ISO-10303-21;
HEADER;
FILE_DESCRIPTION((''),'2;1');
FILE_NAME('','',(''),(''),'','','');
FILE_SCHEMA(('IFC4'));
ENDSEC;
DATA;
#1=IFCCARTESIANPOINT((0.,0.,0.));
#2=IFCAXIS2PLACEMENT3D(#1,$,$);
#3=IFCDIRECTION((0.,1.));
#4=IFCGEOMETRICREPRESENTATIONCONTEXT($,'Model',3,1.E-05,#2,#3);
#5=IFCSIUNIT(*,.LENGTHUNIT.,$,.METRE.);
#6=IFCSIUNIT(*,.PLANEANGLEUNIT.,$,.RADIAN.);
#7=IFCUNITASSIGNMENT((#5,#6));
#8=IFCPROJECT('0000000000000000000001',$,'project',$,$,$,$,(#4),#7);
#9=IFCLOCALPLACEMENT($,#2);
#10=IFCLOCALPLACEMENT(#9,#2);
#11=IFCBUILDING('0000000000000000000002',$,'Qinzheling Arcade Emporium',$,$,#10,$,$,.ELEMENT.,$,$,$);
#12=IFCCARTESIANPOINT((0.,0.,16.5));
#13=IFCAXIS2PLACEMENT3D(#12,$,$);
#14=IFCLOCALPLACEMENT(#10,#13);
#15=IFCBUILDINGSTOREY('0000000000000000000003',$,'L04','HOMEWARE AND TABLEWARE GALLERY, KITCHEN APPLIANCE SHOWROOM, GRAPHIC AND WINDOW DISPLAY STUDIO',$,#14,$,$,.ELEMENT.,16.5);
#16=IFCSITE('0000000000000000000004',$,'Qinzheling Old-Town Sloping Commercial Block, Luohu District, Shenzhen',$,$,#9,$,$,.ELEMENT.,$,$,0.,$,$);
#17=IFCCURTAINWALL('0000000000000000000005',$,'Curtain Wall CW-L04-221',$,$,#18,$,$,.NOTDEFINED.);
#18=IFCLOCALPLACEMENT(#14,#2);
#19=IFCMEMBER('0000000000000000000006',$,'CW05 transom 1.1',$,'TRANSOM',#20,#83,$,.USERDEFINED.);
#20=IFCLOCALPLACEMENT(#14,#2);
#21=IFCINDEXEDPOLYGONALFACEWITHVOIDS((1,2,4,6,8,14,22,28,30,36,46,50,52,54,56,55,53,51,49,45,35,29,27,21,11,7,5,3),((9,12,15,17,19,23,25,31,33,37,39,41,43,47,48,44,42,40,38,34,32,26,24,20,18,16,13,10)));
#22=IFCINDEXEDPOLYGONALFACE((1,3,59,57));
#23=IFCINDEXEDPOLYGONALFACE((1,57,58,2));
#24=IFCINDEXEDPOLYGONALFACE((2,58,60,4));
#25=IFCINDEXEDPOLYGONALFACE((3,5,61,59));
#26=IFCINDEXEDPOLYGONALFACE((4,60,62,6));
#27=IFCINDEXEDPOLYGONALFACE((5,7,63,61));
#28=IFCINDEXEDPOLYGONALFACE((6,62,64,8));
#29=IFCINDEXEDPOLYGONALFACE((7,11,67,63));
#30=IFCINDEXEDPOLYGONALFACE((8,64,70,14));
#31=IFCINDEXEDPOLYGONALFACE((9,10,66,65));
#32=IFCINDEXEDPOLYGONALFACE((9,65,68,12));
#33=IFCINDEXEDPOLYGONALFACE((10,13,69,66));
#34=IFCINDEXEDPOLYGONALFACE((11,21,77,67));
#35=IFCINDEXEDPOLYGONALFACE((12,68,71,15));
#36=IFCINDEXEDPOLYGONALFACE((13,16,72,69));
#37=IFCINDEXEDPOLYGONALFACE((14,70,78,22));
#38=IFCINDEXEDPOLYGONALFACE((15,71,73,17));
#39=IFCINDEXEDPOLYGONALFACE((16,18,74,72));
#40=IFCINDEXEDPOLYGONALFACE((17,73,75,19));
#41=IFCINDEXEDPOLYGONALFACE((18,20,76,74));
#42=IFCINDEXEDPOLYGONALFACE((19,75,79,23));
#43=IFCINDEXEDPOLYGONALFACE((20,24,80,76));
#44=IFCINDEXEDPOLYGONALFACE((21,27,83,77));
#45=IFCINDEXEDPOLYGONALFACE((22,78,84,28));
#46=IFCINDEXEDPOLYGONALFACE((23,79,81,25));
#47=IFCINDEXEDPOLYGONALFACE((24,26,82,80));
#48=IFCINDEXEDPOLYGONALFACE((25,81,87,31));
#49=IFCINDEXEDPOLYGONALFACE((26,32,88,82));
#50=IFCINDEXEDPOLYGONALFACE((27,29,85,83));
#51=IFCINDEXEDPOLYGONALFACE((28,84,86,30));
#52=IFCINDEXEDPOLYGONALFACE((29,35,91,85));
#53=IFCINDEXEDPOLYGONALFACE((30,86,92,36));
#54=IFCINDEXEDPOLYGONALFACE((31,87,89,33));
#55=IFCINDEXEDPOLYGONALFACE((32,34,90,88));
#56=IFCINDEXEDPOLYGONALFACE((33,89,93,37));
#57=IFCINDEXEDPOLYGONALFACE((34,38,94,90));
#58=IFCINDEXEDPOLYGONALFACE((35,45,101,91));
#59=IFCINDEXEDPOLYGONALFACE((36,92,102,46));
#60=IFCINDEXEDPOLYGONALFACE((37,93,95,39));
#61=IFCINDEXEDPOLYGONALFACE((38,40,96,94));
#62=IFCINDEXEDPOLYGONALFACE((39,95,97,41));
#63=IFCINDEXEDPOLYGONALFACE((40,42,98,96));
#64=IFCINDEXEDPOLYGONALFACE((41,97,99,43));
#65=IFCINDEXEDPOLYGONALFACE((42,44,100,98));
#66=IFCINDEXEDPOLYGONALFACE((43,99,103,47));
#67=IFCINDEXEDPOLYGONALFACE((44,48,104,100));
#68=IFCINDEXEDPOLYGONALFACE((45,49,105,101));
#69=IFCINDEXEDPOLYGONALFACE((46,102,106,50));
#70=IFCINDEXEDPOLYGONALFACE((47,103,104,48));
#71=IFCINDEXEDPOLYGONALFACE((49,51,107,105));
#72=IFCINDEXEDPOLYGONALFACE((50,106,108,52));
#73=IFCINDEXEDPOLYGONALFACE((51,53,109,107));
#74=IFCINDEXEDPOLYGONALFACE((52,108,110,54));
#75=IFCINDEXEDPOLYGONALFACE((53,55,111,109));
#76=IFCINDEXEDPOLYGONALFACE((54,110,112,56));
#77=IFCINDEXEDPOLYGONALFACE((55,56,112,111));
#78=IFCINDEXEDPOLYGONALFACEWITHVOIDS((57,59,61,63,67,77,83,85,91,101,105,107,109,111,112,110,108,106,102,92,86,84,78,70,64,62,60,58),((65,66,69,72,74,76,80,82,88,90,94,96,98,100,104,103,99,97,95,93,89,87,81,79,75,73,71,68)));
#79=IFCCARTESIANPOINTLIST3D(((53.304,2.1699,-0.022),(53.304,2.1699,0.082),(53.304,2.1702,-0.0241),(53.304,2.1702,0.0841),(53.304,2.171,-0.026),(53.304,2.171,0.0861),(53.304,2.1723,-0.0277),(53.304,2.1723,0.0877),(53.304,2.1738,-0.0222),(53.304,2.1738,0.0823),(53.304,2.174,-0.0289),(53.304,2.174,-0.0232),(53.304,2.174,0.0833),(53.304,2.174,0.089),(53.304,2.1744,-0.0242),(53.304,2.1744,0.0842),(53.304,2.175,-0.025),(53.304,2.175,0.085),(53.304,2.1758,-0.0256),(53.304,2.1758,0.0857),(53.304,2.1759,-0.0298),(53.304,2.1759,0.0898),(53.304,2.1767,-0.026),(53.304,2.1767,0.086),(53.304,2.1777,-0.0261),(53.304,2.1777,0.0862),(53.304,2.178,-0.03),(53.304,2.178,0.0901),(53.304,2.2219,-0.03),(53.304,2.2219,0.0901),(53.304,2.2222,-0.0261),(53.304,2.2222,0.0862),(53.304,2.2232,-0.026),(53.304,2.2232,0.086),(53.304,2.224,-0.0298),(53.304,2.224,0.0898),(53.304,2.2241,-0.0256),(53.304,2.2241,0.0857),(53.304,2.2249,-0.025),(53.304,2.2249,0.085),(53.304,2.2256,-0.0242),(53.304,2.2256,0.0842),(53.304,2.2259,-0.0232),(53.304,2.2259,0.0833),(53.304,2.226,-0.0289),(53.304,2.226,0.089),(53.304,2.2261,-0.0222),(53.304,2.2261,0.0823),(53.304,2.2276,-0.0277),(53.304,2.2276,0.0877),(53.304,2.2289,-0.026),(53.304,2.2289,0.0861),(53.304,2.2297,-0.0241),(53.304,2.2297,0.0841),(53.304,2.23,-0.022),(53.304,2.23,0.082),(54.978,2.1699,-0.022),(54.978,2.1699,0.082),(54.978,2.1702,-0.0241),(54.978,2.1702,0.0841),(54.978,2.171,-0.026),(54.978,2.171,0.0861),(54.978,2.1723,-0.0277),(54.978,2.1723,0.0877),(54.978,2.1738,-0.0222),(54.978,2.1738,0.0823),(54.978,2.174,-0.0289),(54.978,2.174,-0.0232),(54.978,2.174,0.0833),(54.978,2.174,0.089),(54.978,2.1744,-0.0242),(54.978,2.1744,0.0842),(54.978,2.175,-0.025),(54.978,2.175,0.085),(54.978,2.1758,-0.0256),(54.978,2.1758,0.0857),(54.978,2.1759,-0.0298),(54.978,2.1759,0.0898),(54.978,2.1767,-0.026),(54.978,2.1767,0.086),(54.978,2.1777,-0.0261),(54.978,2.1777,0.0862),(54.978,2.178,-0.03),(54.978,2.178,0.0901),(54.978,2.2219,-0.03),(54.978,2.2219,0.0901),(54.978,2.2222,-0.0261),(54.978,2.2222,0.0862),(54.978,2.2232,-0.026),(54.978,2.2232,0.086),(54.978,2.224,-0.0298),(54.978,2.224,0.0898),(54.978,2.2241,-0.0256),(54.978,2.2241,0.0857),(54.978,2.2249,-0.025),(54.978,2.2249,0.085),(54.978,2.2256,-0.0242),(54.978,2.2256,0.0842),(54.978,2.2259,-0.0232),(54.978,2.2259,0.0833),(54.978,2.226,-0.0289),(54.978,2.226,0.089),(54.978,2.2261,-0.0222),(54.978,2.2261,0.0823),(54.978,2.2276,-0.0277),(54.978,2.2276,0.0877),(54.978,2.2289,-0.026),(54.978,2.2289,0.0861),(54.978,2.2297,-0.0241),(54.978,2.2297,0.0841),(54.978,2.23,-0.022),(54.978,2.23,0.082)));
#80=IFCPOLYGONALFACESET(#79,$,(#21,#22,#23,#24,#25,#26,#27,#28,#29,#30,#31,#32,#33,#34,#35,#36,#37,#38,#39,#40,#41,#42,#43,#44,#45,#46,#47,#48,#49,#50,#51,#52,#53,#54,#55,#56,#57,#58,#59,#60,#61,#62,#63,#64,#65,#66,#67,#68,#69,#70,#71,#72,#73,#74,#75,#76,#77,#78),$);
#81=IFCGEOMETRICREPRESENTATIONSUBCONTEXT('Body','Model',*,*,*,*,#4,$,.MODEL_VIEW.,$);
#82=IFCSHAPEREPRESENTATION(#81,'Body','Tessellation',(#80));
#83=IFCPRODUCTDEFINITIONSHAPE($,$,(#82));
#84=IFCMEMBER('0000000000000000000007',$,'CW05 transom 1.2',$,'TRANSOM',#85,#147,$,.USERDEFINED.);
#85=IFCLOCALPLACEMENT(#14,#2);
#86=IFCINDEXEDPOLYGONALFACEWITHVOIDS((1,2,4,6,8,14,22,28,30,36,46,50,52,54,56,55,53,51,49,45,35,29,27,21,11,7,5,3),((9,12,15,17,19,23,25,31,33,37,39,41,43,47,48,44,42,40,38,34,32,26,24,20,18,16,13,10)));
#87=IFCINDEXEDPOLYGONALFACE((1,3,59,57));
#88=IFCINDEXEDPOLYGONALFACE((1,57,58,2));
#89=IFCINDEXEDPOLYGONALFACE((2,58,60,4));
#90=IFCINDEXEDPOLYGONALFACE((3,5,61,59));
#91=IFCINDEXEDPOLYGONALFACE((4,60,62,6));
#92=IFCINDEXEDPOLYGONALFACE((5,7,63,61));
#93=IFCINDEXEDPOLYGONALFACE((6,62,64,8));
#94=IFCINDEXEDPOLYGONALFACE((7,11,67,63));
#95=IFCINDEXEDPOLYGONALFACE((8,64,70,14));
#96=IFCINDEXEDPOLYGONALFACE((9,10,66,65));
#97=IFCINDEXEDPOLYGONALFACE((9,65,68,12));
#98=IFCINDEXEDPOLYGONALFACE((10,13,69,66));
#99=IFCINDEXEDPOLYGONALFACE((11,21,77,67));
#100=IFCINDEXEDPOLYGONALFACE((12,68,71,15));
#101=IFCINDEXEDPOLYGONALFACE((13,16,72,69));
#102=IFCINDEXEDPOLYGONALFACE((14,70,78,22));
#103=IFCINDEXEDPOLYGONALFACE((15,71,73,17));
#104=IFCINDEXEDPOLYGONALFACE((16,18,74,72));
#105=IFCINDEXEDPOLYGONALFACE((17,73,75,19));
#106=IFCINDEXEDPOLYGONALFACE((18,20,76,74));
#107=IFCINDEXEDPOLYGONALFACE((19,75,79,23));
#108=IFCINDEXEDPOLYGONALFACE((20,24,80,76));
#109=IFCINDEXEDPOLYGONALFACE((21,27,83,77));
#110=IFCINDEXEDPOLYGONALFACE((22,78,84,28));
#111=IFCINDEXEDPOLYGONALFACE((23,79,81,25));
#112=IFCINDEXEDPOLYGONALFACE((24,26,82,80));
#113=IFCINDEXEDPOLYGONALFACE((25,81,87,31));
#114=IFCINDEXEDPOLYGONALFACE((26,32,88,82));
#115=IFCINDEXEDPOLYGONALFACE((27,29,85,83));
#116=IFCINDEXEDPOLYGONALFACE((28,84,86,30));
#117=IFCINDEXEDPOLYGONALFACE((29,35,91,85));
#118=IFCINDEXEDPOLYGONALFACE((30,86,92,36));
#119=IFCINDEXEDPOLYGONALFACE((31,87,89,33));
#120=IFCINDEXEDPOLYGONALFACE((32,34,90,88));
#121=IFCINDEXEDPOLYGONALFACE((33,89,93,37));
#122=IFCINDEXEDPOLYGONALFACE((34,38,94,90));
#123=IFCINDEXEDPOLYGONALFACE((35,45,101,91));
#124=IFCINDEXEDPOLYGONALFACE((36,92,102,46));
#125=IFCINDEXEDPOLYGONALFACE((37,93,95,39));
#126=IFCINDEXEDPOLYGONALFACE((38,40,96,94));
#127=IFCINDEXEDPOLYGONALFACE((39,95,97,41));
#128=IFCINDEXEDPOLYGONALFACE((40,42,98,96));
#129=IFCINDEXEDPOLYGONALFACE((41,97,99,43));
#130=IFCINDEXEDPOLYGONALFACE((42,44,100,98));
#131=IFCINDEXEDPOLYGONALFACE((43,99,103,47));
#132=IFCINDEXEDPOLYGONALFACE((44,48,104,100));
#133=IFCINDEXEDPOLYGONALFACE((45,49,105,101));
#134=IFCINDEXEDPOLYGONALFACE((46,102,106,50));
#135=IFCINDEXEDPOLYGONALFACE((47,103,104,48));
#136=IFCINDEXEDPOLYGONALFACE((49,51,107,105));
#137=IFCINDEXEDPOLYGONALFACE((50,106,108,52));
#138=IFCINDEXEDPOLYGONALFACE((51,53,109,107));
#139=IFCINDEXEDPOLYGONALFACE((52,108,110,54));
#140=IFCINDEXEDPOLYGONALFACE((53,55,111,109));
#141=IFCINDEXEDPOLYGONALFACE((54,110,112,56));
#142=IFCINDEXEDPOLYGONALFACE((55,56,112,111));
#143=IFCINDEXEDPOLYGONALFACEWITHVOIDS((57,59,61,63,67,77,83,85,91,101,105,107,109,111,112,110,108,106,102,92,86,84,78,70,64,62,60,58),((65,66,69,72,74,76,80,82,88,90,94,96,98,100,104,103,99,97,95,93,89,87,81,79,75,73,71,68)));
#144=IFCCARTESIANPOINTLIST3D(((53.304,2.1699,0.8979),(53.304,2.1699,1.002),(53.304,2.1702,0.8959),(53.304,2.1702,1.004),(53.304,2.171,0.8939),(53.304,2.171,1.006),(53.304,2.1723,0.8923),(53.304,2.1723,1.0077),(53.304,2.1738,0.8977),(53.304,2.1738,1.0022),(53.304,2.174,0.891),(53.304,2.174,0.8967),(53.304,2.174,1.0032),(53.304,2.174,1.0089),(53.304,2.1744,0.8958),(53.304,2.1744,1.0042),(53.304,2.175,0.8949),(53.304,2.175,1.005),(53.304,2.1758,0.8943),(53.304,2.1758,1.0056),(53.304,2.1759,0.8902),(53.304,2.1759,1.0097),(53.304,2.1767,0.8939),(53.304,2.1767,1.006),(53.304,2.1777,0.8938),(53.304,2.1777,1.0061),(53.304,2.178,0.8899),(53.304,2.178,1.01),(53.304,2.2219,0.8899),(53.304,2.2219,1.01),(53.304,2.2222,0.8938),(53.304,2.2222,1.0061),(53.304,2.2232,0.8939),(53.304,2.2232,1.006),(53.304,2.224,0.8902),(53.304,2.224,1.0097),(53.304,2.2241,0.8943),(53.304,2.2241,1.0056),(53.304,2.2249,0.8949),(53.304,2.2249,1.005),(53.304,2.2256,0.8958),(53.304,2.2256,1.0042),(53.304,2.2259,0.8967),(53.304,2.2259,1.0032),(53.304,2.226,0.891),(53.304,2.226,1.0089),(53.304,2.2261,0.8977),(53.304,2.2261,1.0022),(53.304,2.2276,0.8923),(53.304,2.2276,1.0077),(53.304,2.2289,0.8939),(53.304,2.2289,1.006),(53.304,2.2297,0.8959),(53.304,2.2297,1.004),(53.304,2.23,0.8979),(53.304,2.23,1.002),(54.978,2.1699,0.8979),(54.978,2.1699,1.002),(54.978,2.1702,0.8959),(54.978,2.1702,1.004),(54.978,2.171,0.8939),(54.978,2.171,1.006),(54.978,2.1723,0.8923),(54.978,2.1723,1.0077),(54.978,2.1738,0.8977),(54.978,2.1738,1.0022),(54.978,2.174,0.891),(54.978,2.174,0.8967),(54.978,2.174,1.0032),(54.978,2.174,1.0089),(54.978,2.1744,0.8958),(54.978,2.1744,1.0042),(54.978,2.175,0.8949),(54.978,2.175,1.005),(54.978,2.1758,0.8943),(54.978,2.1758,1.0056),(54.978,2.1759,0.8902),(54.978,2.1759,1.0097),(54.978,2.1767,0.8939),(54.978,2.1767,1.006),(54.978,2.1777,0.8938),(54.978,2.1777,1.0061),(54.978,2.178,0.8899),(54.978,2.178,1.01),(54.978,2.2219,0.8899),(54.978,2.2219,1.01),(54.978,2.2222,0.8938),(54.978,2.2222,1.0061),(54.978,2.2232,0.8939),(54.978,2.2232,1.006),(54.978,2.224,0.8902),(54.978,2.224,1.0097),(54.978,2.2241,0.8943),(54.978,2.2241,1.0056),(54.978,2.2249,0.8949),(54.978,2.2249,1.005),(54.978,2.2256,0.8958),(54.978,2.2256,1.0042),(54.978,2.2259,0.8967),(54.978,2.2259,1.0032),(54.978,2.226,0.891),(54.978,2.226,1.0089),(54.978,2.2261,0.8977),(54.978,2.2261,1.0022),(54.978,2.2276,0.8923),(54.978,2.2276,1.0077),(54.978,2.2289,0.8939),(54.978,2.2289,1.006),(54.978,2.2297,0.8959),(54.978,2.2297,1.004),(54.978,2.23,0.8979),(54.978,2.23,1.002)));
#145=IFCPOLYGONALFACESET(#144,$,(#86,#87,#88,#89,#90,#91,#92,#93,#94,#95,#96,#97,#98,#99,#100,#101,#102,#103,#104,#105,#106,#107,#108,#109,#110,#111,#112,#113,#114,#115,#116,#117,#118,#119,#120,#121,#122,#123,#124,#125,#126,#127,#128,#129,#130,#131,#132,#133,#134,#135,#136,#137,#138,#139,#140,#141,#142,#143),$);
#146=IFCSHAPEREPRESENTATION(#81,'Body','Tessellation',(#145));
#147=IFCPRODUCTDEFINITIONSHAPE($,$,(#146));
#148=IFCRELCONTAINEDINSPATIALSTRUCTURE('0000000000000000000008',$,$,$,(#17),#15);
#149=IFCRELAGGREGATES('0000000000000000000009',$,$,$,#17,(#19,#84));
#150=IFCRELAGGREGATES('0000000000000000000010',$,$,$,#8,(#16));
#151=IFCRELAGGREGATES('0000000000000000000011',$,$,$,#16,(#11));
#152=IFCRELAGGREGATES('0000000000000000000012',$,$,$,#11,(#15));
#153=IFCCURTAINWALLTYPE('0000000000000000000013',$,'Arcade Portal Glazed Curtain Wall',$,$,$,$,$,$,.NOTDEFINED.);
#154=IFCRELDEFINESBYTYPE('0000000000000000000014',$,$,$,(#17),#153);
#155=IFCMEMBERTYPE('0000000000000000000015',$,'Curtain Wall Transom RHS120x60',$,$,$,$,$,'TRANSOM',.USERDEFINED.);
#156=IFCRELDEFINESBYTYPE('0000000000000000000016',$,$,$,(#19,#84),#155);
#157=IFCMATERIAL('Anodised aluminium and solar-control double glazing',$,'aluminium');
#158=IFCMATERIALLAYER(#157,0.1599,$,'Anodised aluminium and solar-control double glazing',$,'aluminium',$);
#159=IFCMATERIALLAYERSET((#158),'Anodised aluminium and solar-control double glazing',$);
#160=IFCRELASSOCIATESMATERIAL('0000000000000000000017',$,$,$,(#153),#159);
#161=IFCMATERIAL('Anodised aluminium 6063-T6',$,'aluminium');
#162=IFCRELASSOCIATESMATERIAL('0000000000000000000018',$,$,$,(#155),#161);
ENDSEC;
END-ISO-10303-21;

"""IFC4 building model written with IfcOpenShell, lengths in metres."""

from ifc_helpers import new_model, si_unit, direction, frame, origin, origin_2d, place, context, subcontext, project, spatial, hollow_rectangle, extrude, material, layer, layer_set, material_profile, profile_set, type_object, element, aggregate, save


model = new_model("IFC4")

# Units and contexts
model_context = context("Model", 3, precision=1e-05, world=origin(), true_north=direction((0.0, 1.0)))
body_context = subcontext(model_context, "Body", "Model", "MODEL_VIEW")
ifc_project = project(units=[si_unit("LENGTHUNIT", "METRE"), si_unit("PLANEANGLEUNIT", "RADIAN")], contexts=[model_context])

# Site, building, storey
site_placement = place(None, origin())
site = spatial("IfcSite", under=ifc_project, at=site_placement, Name="Qinzheling Old-Town Sloping Commercial Block, Luohu District, Shenzhen", CompositionType="ELEMENT", RefElevation=0.0)
building_placement = place(site_placement, origin())
building = spatial("IfcBuilding", under=site, at=building_placement, Name="Qinzheling Arcade Emporium", CompositionType="ELEMENT")
storey_placement = place(building_placement, frame((0.0, 0.0, 16.5)))
storey = spatial("IfcBuildingStorey", under=building, at=storey_placement, Name="L04", Description="HOMEWARE AND TABLEWARE GALLERY, KITCHEN APPLIANCE SHOWROOM, GRAPHIC AND WINDOW DISPLAY STUDIO", CompositionType="ELEMENT", Elevation=16.5)

# Curtain wall, members
ifc_material_1 = material(Name="Anodised aluminium and solar-control double glazing", Category="aluminium")
ifc_layer_1 = layer(ifc_material_1, 0.1599, Name="Anodised aluminium and solar-control double glazing", Category="aluminium")
ifc_layer_set_1 = layer_set([ifc_layer_1], Name="Anodised aluminium and solar-control double glazing")
curtain_wall_type = type_object("IfcCurtainWallType", Name="Arcade Portal Glazed Curtain Wall", PredefinedType="NOTDEFINED", material=ifc_layer_set_1)
curtain_wall_placement = place(storey_placement, origin())
curtain_wall = element("IfcCurtainWall", 1, at=curtain_wall_placement, inside=storey, type_object=curtain_wall_type, Name="Curtain Wall CW-L04-221", PredefinedType="NOTDEFINED")
ifc_material_2 = material(Name="Anodised aluminium 6063-T6", Category="aluminium")
ifc_material_profile_1 = material_profile(ifc_material_2, hollow_rectangle(XDim=0.0601, YDim=0.1201, WallThickness=0.0039, InnerFilletRadius=0.0039, OuterFilletRadius=0.0081, at=origin_2d()), Name="RHS 120x60x4", Category="aluminium")
ifc_profile_set_1 = profile_set([ifc_material_profile_1], Name="Anodised aluminium 6063-T6")
member_type_1 = type_object("IfcMemberType", Name="Curtain Wall Transom RHS120x60", ElementType="TRANSOM", PredefinedType="USERDEFINED", material=ifc_profile_set_1)
member_1_placement = place(storey_placement, frame((54.978, 2.2, 0.03), z_axis=(-1.0, 0.0, 0.0), x_axis=(0.0, -1.0, 0.0)))
member_1 = element("IfcMember", 2, at=member_1_placement, type_object=member_type_1, Name="CW05 transom 1.1", ObjectType="TRANSOM", PredefinedType="USERDEFINED", context=body_context, shape_type="SweptSolid", body=[
    extrude(hollow_rectangle(XDim=0.0601, YDim=0.1201, WallThickness=0.0039, InnerFilletRadius=0.0039, OuterFilletRadius=0.0081, at=origin_2d()), origin(), (0.0, 0.0, 1.0), 1.6741),
])
member_2_placement = place(storey_placement, frame((54.978, 2.2, 0.95), z_axis=(-1.0, 0.0, 0.0), x_axis=(0.0, -1.0, 0.0)))
member_2 = element("IfcMember", 3, at=member_2_placement, type_object=member_type_1, Name="CW05 transom 1.2", ObjectType="TRANSOM", PredefinedType="USERDEFINED", context=body_context, shape_type="SweptSolid", body=[
    extrude(hollow_rectangle(XDim=0.0601, YDim=0.1201, WallThickness=0.0039, InnerFilletRadius=0.0039, OuterFilletRadius=0.0081, at=origin_2d()), origin(), (0.0, 0.0, 1.0), 1.6741),
])

aggregate(curtain_wall, [member_1, member_2])

save(model, "model.ifc")
